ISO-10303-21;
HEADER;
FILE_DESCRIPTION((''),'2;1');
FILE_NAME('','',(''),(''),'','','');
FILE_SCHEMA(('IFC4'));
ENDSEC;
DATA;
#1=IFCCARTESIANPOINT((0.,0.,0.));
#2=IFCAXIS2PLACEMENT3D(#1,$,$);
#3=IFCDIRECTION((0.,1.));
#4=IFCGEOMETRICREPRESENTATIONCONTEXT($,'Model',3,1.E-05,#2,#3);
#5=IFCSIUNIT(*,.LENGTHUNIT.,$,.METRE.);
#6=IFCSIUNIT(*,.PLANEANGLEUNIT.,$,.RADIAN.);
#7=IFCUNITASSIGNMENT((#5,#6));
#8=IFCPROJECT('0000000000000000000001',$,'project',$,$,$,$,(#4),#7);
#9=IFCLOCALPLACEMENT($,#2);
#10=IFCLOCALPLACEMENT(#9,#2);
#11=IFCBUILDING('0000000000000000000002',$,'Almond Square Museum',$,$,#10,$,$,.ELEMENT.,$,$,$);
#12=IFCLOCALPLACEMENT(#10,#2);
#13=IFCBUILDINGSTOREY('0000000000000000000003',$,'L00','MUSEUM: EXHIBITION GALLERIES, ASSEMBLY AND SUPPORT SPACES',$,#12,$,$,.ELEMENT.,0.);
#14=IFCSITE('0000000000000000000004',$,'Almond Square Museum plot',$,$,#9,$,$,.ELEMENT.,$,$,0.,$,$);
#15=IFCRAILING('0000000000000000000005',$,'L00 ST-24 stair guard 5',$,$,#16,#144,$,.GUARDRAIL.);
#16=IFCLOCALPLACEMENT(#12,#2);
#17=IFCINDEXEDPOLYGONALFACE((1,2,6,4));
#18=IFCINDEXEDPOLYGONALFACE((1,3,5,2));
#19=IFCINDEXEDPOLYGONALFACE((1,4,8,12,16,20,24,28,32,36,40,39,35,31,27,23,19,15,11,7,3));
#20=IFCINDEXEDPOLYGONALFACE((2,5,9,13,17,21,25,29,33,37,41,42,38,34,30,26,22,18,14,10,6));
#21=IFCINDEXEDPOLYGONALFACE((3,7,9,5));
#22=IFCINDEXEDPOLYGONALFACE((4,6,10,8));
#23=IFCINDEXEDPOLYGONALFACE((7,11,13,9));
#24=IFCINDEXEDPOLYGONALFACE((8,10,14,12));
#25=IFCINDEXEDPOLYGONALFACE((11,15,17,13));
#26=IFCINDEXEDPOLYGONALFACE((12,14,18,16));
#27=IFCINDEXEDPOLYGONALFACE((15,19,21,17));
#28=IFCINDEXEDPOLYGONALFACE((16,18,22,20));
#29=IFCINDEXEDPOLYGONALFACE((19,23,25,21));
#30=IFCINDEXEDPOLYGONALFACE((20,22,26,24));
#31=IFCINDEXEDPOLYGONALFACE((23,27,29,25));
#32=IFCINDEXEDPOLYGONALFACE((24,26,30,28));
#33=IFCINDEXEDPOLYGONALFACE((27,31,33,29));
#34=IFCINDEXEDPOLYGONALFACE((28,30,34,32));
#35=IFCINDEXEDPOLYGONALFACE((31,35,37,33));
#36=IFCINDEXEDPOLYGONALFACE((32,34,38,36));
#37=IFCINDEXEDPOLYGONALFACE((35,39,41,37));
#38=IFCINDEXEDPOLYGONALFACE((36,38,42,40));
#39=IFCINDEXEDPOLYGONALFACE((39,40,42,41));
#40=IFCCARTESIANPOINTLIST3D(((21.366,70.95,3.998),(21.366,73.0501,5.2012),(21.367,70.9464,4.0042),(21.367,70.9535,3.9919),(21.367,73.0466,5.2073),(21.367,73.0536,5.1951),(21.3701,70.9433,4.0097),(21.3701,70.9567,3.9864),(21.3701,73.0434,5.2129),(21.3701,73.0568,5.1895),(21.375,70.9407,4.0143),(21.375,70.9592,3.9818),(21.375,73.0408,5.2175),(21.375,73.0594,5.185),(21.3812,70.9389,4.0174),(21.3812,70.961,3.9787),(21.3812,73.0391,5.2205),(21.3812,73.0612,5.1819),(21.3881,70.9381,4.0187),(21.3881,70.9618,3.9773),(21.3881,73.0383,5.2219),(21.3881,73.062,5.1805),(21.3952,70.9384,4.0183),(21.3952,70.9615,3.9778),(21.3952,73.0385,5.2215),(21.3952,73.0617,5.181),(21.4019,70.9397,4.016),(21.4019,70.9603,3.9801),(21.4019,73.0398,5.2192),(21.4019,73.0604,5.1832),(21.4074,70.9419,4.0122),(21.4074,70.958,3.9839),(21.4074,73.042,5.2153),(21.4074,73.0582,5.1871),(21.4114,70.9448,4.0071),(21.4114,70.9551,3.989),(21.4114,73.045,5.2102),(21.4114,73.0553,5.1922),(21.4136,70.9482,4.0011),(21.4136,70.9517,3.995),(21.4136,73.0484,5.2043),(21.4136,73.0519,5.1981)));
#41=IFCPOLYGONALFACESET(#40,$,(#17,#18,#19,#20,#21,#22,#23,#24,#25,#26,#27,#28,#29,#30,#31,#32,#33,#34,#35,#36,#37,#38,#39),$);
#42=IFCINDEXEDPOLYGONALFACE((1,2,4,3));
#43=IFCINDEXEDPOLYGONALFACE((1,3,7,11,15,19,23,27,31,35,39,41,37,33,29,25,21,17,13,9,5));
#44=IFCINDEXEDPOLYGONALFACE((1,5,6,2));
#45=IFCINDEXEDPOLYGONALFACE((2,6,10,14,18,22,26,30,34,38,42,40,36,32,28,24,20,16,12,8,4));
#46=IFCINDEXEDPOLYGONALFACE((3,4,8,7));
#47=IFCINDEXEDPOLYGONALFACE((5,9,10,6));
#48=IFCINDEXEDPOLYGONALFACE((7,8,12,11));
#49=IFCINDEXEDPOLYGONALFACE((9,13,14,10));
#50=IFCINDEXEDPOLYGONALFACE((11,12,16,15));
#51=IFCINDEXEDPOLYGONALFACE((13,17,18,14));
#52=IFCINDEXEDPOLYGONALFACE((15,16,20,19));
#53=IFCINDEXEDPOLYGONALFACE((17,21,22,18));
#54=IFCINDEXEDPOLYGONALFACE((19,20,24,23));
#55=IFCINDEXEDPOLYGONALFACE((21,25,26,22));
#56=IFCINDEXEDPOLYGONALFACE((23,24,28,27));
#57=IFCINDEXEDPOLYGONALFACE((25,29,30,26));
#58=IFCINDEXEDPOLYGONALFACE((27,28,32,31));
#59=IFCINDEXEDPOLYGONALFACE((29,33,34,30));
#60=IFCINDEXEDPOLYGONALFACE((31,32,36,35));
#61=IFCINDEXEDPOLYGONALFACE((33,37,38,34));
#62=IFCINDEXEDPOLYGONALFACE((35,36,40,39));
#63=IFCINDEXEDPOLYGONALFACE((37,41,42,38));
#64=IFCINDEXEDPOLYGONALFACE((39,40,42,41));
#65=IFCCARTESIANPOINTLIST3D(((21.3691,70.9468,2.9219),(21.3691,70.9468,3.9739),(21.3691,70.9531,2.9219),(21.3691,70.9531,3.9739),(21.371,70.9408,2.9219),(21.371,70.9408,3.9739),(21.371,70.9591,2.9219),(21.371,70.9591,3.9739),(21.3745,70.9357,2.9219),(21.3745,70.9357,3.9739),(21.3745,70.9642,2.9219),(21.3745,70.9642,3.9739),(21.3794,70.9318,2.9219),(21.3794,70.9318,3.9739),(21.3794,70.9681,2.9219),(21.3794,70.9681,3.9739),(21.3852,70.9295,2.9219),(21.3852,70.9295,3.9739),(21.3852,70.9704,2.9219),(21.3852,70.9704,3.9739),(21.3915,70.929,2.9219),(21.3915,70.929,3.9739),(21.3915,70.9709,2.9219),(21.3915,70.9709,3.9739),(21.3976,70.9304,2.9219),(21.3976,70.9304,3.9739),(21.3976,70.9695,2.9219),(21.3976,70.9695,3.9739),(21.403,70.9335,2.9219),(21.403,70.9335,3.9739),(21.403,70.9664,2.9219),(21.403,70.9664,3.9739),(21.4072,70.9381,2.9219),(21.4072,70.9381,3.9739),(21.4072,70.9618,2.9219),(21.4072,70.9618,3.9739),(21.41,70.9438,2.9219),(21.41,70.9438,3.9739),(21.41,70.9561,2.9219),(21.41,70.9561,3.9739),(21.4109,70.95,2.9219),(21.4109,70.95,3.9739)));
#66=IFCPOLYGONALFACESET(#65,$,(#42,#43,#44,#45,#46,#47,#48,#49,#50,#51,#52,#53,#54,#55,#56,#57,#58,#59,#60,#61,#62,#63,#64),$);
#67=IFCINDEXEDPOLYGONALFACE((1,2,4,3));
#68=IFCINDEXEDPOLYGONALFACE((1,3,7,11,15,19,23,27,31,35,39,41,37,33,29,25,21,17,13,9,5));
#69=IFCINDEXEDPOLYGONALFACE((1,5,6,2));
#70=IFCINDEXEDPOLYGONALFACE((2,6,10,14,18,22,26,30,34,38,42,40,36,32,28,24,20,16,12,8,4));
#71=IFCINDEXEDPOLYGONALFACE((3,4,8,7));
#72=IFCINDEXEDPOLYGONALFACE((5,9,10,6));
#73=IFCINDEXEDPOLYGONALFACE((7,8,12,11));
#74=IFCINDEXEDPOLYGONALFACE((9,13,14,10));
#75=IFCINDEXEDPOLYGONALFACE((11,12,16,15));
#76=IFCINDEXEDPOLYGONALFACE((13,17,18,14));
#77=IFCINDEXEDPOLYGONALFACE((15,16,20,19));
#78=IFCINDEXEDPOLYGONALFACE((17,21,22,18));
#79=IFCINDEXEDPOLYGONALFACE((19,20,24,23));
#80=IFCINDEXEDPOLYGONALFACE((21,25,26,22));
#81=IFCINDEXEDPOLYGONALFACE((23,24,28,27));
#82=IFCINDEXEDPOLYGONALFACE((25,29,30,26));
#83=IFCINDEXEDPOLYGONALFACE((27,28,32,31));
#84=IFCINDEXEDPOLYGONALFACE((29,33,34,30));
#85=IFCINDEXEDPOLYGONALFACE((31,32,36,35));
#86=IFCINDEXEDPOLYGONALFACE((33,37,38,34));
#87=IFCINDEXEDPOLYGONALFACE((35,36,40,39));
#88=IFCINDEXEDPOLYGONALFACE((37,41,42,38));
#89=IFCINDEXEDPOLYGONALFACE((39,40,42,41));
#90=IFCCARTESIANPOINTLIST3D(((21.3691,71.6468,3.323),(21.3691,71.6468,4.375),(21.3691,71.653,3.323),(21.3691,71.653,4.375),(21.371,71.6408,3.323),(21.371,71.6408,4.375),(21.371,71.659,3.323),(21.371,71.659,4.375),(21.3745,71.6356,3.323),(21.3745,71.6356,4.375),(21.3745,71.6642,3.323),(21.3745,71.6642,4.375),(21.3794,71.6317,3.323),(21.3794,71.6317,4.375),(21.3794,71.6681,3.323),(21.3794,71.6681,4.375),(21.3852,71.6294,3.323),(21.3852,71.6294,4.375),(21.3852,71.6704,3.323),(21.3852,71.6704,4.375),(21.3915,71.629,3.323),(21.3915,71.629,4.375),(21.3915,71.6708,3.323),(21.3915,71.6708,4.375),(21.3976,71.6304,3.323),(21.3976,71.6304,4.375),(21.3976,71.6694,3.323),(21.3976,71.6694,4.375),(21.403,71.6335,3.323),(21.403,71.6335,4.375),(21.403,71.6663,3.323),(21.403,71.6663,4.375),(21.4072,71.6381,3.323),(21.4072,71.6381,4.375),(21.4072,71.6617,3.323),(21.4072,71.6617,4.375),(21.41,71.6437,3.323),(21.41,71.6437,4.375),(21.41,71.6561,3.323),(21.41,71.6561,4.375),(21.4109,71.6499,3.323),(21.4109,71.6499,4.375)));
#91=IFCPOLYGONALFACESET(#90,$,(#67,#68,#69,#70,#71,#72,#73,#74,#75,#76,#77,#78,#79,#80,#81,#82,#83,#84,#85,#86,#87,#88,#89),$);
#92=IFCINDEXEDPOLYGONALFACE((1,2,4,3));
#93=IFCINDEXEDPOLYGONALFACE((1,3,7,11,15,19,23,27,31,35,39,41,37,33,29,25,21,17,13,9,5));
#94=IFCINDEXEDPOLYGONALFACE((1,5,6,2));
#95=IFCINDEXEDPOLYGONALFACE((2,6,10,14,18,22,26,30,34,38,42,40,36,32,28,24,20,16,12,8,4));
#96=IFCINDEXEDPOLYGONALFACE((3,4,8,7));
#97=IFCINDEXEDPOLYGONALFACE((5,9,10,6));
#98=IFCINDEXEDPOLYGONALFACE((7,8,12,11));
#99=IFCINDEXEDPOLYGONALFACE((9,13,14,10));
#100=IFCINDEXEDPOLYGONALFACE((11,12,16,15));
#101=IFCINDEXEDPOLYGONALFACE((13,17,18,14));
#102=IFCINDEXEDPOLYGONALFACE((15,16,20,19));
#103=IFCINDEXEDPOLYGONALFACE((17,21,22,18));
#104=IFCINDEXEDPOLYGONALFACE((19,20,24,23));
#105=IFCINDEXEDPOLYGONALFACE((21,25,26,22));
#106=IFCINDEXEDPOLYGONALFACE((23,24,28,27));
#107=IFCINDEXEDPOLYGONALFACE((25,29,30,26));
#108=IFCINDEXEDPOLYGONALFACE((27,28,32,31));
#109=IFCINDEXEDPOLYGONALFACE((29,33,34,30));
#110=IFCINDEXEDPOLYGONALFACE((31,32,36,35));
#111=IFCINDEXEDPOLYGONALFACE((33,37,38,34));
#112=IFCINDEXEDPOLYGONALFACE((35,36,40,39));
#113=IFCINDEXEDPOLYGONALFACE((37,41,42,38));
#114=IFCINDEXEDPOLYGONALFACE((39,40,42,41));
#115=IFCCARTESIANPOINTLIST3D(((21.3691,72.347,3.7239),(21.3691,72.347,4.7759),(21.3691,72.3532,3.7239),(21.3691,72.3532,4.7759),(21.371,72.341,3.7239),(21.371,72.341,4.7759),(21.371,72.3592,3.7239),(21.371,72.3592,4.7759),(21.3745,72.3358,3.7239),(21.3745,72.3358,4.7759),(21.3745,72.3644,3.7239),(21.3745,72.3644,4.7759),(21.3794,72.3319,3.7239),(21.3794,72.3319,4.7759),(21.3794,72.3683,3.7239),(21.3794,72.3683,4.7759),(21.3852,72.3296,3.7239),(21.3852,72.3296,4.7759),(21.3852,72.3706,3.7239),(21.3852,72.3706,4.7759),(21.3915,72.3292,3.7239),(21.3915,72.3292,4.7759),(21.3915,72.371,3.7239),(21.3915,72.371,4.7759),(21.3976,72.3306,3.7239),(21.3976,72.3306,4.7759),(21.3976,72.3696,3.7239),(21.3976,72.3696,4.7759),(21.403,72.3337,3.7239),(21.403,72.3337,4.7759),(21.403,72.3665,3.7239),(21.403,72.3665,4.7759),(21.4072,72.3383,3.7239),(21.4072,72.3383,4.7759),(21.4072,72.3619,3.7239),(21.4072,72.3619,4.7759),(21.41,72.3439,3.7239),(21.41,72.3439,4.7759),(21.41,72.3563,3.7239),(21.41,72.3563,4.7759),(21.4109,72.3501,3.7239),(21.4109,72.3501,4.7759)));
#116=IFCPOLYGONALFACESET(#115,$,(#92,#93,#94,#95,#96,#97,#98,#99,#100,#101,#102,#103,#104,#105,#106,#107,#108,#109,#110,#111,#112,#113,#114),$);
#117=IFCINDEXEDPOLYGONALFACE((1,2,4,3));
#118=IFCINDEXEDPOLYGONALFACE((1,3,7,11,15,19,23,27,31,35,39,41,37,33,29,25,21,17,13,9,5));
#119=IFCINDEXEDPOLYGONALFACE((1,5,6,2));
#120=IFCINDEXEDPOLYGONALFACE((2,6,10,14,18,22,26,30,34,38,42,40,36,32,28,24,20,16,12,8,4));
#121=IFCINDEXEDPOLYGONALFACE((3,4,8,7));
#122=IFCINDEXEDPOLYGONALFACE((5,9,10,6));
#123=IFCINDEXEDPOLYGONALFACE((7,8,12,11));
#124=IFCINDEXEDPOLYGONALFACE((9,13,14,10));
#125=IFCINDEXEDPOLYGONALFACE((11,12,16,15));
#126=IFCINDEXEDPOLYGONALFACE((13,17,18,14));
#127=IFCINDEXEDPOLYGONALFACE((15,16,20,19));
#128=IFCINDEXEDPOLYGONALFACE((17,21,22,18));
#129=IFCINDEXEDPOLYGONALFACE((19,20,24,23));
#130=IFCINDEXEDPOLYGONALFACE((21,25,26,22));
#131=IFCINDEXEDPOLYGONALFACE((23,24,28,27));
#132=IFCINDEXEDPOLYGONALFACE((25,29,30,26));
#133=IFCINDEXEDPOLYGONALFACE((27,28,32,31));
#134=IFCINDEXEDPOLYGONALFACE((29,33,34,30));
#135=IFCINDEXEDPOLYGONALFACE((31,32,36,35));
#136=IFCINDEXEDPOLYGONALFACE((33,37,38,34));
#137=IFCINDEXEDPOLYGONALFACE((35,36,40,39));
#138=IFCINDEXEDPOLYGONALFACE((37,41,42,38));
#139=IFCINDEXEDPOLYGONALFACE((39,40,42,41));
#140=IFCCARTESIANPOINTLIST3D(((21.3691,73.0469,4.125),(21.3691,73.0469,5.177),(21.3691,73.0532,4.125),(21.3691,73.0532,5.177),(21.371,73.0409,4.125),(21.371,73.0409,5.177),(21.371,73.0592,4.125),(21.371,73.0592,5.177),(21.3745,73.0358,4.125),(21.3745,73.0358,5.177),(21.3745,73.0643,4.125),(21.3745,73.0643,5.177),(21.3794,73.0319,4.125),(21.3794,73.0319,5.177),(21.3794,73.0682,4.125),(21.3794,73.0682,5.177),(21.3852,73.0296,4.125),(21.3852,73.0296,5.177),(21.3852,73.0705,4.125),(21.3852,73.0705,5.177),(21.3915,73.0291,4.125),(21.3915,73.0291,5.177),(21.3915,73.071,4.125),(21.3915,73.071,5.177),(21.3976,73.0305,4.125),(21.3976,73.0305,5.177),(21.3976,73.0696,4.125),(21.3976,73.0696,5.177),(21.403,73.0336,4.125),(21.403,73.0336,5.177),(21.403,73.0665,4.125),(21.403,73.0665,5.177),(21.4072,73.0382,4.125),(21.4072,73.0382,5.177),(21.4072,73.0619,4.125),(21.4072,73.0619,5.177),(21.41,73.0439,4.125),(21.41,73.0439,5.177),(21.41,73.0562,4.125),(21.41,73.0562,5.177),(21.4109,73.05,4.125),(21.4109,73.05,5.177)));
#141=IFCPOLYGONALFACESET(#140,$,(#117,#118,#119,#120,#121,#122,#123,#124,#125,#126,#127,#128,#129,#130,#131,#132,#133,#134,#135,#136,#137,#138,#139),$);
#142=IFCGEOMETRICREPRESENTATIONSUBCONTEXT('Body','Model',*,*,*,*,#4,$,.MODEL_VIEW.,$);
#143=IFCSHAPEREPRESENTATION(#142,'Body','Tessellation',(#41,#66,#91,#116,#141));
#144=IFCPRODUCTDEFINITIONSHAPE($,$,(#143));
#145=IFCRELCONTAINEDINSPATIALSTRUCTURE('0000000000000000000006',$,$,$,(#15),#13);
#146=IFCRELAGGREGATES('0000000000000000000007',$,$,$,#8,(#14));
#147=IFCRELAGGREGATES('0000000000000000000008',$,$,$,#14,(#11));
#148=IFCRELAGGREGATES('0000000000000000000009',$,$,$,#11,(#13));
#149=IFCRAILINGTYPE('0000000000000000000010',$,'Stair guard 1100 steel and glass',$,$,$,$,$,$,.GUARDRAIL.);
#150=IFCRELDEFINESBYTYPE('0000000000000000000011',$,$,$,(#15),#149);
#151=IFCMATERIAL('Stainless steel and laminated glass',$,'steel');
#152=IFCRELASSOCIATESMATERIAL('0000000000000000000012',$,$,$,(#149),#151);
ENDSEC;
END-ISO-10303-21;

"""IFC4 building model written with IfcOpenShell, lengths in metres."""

from ifc_helpers import new_model, si_unit, direction, frame, origin, origin_2d, place, context, subcontext, project, spatial, circle, extrude, material, type_object, element, save


model = new_model("IFC4")

# Units and contexts
model_context = context("Model", 3, precision=1e-05, world=origin(), true_north=direction((0.0, 1.0)))
body_context = subcontext(model_context, "Body", "Model", "MODEL_VIEW")
ifc_project = project(units=[si_unit("LENGTHUNIT", "METRE"), si_unit("PLANEANGLEUNIT", "RADIAN")], contexts=[model_context])

# Site, building, storey
site_placement = place(None, origin())
site = spatial("IfcSite", under=ifc_project, at=site_placement, Name="Almond Square Museum plot", CompositionType="ELEMENT", RefElevation=0.0)
building_placement = place(site_placement, origin())
building = spatial("IfcBuilding", under=site, at=building_placement, Name="Almond Square Museum", CompositionType="ELEMENT")
storey_placement = place(building_placement, origin())
storey = spatial("IfcBuildingStorey", under=building, at=storey_placement, Name="L00", Description="MUSEUM: EXHIBITION GALLERIES, ASSEMBLY AND SUPPORT SPACES", CompositionType="ELEMENT", Elevation=0.0)

# Railing
ifc_material_1 = material(Name="Stainless steel and laminated glass", Category="steel")
railing_type_1 = type_object("IfcRailingType", Name="Stair guard 1100 steel and glass", PredefinedType="GUARDRAIL", material=ifc_material_1)
railing_1_placement = place(storey_placement, frame((21.3899, 70.95, 2.9219)))
element("IfcRailing", 1, at=railing_1_placement, inside=storey, type_object=railing_type_1, Name="L00 ST-24 stair guard 5", PredefinedType="GUARDRAIL", context=body_context, shape_type="SweptSolid", body=[
    extrude(circle(Radius=0.0239, at=origin_2d()), frame((0.0, 0.0, 1.0762), z_axis=(0.0, 0.867696, 0.497095), x_axis=(-1.0, 0.0, 0.0)), (0.0, 0.0, 1.0), 2.4204),
    extrude(circle(Radius=0.021, at=origin_2d()), origin(), (0.0, 0.0, 1.0), 1.052),
    extrude(circle(Radius=0.021, at=origin_2d()), frame((0.0, 0.7, 0.4011)), (0.0, 0.0, 1.0), 1.052),
    extrude(circle(Radius=0.021, at=origin_2d()), frame((0.0, 1.4001, 0.802)), (0.0, 0.0, 1.0), 1.052),
    extrude(circle(Radius=0.021, at=origin_2d()), frame((0.0, 2.1001, 1.2031)), (0.0, 0.0, 1.0), 1.052),
])

save(model, "model.ifc")
